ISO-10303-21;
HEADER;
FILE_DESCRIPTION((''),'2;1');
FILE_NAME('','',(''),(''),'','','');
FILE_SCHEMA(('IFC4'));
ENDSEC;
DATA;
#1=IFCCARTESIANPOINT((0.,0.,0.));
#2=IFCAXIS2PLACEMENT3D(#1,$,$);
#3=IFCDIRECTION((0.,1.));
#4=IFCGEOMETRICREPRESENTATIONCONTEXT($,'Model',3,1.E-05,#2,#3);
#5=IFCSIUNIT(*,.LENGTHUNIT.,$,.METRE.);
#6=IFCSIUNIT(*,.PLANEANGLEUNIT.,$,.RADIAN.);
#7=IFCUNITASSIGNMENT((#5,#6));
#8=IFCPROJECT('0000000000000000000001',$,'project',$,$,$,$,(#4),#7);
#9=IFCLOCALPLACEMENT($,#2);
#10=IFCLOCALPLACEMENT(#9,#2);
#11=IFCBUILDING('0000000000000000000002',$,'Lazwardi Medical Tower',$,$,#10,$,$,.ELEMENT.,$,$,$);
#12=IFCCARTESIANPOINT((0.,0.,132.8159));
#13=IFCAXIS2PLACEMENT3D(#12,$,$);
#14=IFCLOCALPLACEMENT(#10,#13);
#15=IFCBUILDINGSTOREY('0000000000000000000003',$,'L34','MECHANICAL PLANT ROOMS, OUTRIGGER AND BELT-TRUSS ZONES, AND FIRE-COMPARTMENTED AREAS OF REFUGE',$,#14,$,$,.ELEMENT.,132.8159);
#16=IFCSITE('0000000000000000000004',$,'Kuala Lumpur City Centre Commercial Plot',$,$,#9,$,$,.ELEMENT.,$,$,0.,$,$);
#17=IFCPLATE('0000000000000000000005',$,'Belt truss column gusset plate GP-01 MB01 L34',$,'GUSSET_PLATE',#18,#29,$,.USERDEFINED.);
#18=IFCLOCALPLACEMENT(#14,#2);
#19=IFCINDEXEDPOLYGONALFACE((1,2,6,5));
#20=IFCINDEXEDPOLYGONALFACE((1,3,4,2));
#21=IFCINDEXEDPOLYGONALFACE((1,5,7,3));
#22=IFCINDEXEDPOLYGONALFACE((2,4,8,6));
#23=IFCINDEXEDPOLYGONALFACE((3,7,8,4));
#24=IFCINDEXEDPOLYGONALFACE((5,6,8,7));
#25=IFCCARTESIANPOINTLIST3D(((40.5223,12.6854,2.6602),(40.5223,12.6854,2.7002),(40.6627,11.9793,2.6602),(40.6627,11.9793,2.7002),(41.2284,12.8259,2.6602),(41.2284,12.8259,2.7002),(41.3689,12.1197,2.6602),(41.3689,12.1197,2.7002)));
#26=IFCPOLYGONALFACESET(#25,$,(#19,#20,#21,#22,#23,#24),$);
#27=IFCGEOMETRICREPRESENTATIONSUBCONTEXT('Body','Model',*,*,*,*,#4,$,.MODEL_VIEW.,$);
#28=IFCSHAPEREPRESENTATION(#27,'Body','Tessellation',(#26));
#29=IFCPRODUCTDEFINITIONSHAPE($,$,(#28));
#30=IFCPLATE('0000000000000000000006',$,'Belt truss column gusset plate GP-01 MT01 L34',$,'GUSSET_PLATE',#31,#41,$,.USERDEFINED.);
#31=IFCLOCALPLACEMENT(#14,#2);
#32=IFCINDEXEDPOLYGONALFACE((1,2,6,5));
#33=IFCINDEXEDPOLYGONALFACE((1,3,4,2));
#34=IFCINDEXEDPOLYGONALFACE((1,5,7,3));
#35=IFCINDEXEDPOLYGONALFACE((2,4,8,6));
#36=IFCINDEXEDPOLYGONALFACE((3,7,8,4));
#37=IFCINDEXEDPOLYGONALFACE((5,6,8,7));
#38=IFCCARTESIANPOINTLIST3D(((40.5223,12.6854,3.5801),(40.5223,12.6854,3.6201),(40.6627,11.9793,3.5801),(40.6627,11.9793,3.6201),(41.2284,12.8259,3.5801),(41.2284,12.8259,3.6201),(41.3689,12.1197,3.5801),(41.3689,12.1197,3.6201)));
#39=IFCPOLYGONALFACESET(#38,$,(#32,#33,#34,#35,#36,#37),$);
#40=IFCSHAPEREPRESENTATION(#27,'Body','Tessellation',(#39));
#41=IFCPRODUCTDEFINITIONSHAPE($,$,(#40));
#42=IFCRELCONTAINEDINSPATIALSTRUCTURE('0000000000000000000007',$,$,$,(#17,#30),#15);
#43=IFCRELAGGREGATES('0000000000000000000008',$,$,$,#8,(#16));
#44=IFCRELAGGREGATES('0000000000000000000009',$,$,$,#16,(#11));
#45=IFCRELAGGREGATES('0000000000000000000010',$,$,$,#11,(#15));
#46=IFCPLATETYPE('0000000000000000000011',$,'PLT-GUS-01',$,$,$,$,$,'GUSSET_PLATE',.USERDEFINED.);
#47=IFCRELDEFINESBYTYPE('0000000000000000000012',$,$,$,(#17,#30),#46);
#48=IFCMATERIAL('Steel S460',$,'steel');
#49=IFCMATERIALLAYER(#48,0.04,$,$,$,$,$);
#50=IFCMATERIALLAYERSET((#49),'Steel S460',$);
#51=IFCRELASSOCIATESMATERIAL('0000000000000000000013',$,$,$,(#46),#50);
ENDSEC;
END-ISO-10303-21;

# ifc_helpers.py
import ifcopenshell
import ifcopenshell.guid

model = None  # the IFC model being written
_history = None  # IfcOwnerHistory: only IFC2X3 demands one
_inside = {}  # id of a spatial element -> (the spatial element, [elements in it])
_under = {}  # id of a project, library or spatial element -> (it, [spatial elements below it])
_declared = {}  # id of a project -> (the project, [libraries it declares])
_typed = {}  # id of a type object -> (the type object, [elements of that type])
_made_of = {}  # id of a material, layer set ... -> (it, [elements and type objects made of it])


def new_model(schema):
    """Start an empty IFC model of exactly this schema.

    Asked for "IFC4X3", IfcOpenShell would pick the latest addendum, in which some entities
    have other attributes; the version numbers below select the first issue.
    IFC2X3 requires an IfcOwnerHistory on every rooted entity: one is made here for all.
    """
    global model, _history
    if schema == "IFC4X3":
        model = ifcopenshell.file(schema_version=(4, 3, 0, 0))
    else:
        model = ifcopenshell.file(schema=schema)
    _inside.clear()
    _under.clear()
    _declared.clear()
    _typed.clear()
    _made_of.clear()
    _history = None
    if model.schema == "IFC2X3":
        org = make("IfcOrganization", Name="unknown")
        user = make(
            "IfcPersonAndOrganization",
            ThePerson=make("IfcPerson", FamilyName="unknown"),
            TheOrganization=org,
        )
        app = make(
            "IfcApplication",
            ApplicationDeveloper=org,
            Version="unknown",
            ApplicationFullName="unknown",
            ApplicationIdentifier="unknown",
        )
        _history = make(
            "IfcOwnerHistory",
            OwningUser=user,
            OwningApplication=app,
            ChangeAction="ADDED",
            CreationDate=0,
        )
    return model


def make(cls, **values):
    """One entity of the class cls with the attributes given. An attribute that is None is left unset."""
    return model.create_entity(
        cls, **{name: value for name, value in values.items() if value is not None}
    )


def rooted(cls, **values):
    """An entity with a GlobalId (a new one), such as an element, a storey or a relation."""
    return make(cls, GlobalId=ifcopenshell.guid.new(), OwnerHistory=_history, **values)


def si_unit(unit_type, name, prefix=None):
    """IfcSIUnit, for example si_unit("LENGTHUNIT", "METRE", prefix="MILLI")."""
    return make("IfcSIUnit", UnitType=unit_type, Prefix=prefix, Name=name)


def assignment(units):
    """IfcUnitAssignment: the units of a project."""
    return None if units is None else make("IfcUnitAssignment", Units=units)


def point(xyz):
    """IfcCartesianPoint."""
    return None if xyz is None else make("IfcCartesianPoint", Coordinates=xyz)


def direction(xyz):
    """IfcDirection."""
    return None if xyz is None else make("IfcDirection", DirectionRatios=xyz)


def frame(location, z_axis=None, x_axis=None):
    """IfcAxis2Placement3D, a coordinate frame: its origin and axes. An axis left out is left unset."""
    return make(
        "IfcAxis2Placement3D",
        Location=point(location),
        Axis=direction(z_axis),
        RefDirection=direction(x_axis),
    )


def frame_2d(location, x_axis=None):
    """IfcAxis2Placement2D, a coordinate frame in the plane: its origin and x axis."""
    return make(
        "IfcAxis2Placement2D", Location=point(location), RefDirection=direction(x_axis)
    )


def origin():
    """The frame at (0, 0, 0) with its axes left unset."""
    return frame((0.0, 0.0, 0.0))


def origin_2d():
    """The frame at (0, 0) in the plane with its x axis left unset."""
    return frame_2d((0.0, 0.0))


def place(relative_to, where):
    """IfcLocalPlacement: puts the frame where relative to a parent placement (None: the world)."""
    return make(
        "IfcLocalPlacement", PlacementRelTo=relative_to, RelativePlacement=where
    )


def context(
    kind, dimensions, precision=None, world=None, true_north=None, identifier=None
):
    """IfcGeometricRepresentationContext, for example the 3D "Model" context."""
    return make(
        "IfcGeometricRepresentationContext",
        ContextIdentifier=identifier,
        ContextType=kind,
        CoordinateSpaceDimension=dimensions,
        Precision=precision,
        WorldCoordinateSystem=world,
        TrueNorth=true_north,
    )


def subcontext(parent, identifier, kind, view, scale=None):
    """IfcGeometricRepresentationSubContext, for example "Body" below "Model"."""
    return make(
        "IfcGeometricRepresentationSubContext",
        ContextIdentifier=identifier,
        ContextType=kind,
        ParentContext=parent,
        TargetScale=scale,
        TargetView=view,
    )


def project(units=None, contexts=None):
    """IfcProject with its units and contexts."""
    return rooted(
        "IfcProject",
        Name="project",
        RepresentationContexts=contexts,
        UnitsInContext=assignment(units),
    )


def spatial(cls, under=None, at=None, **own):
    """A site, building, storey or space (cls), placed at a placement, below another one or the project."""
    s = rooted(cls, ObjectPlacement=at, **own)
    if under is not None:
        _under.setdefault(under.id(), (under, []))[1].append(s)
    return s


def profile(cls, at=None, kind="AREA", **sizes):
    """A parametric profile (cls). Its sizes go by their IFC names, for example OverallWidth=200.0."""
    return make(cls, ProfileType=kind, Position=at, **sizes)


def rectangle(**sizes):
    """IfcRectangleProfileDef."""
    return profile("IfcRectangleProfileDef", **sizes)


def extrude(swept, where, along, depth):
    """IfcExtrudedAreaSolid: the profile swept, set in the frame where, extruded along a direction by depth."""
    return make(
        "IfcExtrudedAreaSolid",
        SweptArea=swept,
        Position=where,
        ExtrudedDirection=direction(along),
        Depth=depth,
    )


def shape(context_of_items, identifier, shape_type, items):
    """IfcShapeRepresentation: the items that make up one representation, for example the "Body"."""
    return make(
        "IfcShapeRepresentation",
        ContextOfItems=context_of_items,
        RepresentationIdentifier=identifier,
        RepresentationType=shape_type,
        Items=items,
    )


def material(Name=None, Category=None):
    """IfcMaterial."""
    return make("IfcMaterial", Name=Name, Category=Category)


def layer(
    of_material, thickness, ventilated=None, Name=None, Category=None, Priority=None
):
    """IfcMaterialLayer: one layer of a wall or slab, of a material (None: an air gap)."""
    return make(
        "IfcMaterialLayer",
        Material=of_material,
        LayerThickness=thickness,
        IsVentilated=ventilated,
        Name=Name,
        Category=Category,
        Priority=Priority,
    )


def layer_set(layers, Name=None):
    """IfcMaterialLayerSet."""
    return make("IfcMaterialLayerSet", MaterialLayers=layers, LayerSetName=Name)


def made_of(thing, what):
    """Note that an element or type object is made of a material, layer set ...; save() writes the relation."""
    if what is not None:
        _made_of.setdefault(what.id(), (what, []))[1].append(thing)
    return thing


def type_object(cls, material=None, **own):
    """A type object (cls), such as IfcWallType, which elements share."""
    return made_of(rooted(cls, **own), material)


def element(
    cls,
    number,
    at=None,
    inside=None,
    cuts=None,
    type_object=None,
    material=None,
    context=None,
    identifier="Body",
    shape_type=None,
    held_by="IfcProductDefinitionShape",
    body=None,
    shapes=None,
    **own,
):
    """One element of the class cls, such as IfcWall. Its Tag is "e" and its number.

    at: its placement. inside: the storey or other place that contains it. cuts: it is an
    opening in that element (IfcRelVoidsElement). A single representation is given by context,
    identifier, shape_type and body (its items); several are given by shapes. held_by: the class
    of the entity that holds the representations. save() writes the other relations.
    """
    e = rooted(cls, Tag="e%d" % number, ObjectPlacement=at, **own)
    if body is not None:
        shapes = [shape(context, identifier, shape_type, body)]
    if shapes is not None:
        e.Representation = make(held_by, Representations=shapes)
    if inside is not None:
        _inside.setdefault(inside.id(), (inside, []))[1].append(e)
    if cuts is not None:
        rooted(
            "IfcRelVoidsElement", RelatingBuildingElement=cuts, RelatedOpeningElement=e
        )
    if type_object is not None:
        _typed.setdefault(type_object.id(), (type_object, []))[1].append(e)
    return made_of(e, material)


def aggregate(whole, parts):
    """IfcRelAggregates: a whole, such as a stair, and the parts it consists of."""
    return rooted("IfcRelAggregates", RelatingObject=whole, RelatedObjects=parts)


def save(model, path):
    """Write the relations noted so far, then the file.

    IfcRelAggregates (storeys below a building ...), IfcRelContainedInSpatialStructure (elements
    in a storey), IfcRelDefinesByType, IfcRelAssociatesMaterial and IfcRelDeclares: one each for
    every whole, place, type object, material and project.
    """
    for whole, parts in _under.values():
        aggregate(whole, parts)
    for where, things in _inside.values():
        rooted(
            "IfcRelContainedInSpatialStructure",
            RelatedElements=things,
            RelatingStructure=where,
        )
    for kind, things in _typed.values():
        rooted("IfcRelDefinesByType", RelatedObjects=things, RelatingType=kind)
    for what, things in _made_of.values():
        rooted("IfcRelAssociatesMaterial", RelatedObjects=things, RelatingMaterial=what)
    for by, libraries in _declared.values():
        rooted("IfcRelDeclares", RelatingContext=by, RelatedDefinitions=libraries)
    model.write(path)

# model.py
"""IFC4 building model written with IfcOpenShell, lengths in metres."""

from ifc_helpers import new_model, si_unit, direction, frame, origin, origin_2d, place, context, subcontext, project, spatial, rectangle, extrude, material, layer, layer_set, type_object, element, save


model = new_model("IFC4")

# Units and contexts
model_context = context("Model", 3, precision=1e-05, world=origin(), true_north=direction((0.0, 1.0)))
body_context = subcontext(model_context, "Body", "Model", "MODEL_VIEW")
ifc_project = project(units=[si_unit("LENGTHUNIT", "METRE"), si_unit("PLANEANGLEUNIT", "RADIAN")], contexts=[model_context])

# Site, building, storey
site_placement = place(None, origin())
site = spatial("IfcSite", under=ifc_project, at=site_placement, Name="Kuala Lumpur City Centre Commercial Plot", CompositionType="ELEMENT", RefElevation=0.0)
building_placement = place(site_placement, origin())
building = spatial("IfcBuilding", under=site, at=building_placement, Name="Lazwardi Medical Tower", CompositionType="ELEMENT")
storey_placement = place(building_placement, frame((0.0, 0.0, 132.8159)))
storey = spatial("IfcBuildingStorey", under=building, at=storey_placement, Name="L34", Description="MECHANICAL PLANT ROOMS, OUTRIGGER AND BELT-TRUSS ZONES, AND FIRE-COMPARTMENTED AREAS OF REFUGE", CompositionType="ELEMENT", Elevation=132.8159)

# Shared definitions
ifc_material_1 = material(Name="Steel S460", Category="steel")

# Plates
ifc_layer = layer(ifc_material_1, 0.04)
ifc_layer_set = layer_set([ifc_layer], Name="Steel S460")
plate_type = type_object("IfcPlateType", Name="PLT-GUS-01", ElementType="GUSSET_PLATE", PredefinedType="USERDEFINED", material=ifc_layer_set)
for number, where, z_axis, x_axis, name in (
    (1, (40.9456, 12.4026, 2.6602), (0.0, 0.0, 1.0), (0.19509, -0.980785, 0.0), "Belt truss column gusset plate GP-01 MB01 L34"),
    (2, (40.9456, 12.4026, 3.5801), (0.0, 0.0, 1.0), (0.19509, -0.980785, 0.0), "Belt truss column gusset plate GP-01 MT01 L34"),
):
    element("IfcPlate", number, at=place(storey_placement, frame(where, z_axis=z_axis, x_axis=x_axis)), inside=storey, type_object=plate_type, Name=name, ObjectType="GUSSET_PLATE", PredefinedType="USERDEFINED", context=body_context, shape_type="SweptSolid", body=[
        extrude(rectangle(XDim=0.72, YDim=0.72, at=origin_2d()), origin(), (0.0, 0.0, 1.0), 0.04),
    ])

save(model, "model.ifc")
